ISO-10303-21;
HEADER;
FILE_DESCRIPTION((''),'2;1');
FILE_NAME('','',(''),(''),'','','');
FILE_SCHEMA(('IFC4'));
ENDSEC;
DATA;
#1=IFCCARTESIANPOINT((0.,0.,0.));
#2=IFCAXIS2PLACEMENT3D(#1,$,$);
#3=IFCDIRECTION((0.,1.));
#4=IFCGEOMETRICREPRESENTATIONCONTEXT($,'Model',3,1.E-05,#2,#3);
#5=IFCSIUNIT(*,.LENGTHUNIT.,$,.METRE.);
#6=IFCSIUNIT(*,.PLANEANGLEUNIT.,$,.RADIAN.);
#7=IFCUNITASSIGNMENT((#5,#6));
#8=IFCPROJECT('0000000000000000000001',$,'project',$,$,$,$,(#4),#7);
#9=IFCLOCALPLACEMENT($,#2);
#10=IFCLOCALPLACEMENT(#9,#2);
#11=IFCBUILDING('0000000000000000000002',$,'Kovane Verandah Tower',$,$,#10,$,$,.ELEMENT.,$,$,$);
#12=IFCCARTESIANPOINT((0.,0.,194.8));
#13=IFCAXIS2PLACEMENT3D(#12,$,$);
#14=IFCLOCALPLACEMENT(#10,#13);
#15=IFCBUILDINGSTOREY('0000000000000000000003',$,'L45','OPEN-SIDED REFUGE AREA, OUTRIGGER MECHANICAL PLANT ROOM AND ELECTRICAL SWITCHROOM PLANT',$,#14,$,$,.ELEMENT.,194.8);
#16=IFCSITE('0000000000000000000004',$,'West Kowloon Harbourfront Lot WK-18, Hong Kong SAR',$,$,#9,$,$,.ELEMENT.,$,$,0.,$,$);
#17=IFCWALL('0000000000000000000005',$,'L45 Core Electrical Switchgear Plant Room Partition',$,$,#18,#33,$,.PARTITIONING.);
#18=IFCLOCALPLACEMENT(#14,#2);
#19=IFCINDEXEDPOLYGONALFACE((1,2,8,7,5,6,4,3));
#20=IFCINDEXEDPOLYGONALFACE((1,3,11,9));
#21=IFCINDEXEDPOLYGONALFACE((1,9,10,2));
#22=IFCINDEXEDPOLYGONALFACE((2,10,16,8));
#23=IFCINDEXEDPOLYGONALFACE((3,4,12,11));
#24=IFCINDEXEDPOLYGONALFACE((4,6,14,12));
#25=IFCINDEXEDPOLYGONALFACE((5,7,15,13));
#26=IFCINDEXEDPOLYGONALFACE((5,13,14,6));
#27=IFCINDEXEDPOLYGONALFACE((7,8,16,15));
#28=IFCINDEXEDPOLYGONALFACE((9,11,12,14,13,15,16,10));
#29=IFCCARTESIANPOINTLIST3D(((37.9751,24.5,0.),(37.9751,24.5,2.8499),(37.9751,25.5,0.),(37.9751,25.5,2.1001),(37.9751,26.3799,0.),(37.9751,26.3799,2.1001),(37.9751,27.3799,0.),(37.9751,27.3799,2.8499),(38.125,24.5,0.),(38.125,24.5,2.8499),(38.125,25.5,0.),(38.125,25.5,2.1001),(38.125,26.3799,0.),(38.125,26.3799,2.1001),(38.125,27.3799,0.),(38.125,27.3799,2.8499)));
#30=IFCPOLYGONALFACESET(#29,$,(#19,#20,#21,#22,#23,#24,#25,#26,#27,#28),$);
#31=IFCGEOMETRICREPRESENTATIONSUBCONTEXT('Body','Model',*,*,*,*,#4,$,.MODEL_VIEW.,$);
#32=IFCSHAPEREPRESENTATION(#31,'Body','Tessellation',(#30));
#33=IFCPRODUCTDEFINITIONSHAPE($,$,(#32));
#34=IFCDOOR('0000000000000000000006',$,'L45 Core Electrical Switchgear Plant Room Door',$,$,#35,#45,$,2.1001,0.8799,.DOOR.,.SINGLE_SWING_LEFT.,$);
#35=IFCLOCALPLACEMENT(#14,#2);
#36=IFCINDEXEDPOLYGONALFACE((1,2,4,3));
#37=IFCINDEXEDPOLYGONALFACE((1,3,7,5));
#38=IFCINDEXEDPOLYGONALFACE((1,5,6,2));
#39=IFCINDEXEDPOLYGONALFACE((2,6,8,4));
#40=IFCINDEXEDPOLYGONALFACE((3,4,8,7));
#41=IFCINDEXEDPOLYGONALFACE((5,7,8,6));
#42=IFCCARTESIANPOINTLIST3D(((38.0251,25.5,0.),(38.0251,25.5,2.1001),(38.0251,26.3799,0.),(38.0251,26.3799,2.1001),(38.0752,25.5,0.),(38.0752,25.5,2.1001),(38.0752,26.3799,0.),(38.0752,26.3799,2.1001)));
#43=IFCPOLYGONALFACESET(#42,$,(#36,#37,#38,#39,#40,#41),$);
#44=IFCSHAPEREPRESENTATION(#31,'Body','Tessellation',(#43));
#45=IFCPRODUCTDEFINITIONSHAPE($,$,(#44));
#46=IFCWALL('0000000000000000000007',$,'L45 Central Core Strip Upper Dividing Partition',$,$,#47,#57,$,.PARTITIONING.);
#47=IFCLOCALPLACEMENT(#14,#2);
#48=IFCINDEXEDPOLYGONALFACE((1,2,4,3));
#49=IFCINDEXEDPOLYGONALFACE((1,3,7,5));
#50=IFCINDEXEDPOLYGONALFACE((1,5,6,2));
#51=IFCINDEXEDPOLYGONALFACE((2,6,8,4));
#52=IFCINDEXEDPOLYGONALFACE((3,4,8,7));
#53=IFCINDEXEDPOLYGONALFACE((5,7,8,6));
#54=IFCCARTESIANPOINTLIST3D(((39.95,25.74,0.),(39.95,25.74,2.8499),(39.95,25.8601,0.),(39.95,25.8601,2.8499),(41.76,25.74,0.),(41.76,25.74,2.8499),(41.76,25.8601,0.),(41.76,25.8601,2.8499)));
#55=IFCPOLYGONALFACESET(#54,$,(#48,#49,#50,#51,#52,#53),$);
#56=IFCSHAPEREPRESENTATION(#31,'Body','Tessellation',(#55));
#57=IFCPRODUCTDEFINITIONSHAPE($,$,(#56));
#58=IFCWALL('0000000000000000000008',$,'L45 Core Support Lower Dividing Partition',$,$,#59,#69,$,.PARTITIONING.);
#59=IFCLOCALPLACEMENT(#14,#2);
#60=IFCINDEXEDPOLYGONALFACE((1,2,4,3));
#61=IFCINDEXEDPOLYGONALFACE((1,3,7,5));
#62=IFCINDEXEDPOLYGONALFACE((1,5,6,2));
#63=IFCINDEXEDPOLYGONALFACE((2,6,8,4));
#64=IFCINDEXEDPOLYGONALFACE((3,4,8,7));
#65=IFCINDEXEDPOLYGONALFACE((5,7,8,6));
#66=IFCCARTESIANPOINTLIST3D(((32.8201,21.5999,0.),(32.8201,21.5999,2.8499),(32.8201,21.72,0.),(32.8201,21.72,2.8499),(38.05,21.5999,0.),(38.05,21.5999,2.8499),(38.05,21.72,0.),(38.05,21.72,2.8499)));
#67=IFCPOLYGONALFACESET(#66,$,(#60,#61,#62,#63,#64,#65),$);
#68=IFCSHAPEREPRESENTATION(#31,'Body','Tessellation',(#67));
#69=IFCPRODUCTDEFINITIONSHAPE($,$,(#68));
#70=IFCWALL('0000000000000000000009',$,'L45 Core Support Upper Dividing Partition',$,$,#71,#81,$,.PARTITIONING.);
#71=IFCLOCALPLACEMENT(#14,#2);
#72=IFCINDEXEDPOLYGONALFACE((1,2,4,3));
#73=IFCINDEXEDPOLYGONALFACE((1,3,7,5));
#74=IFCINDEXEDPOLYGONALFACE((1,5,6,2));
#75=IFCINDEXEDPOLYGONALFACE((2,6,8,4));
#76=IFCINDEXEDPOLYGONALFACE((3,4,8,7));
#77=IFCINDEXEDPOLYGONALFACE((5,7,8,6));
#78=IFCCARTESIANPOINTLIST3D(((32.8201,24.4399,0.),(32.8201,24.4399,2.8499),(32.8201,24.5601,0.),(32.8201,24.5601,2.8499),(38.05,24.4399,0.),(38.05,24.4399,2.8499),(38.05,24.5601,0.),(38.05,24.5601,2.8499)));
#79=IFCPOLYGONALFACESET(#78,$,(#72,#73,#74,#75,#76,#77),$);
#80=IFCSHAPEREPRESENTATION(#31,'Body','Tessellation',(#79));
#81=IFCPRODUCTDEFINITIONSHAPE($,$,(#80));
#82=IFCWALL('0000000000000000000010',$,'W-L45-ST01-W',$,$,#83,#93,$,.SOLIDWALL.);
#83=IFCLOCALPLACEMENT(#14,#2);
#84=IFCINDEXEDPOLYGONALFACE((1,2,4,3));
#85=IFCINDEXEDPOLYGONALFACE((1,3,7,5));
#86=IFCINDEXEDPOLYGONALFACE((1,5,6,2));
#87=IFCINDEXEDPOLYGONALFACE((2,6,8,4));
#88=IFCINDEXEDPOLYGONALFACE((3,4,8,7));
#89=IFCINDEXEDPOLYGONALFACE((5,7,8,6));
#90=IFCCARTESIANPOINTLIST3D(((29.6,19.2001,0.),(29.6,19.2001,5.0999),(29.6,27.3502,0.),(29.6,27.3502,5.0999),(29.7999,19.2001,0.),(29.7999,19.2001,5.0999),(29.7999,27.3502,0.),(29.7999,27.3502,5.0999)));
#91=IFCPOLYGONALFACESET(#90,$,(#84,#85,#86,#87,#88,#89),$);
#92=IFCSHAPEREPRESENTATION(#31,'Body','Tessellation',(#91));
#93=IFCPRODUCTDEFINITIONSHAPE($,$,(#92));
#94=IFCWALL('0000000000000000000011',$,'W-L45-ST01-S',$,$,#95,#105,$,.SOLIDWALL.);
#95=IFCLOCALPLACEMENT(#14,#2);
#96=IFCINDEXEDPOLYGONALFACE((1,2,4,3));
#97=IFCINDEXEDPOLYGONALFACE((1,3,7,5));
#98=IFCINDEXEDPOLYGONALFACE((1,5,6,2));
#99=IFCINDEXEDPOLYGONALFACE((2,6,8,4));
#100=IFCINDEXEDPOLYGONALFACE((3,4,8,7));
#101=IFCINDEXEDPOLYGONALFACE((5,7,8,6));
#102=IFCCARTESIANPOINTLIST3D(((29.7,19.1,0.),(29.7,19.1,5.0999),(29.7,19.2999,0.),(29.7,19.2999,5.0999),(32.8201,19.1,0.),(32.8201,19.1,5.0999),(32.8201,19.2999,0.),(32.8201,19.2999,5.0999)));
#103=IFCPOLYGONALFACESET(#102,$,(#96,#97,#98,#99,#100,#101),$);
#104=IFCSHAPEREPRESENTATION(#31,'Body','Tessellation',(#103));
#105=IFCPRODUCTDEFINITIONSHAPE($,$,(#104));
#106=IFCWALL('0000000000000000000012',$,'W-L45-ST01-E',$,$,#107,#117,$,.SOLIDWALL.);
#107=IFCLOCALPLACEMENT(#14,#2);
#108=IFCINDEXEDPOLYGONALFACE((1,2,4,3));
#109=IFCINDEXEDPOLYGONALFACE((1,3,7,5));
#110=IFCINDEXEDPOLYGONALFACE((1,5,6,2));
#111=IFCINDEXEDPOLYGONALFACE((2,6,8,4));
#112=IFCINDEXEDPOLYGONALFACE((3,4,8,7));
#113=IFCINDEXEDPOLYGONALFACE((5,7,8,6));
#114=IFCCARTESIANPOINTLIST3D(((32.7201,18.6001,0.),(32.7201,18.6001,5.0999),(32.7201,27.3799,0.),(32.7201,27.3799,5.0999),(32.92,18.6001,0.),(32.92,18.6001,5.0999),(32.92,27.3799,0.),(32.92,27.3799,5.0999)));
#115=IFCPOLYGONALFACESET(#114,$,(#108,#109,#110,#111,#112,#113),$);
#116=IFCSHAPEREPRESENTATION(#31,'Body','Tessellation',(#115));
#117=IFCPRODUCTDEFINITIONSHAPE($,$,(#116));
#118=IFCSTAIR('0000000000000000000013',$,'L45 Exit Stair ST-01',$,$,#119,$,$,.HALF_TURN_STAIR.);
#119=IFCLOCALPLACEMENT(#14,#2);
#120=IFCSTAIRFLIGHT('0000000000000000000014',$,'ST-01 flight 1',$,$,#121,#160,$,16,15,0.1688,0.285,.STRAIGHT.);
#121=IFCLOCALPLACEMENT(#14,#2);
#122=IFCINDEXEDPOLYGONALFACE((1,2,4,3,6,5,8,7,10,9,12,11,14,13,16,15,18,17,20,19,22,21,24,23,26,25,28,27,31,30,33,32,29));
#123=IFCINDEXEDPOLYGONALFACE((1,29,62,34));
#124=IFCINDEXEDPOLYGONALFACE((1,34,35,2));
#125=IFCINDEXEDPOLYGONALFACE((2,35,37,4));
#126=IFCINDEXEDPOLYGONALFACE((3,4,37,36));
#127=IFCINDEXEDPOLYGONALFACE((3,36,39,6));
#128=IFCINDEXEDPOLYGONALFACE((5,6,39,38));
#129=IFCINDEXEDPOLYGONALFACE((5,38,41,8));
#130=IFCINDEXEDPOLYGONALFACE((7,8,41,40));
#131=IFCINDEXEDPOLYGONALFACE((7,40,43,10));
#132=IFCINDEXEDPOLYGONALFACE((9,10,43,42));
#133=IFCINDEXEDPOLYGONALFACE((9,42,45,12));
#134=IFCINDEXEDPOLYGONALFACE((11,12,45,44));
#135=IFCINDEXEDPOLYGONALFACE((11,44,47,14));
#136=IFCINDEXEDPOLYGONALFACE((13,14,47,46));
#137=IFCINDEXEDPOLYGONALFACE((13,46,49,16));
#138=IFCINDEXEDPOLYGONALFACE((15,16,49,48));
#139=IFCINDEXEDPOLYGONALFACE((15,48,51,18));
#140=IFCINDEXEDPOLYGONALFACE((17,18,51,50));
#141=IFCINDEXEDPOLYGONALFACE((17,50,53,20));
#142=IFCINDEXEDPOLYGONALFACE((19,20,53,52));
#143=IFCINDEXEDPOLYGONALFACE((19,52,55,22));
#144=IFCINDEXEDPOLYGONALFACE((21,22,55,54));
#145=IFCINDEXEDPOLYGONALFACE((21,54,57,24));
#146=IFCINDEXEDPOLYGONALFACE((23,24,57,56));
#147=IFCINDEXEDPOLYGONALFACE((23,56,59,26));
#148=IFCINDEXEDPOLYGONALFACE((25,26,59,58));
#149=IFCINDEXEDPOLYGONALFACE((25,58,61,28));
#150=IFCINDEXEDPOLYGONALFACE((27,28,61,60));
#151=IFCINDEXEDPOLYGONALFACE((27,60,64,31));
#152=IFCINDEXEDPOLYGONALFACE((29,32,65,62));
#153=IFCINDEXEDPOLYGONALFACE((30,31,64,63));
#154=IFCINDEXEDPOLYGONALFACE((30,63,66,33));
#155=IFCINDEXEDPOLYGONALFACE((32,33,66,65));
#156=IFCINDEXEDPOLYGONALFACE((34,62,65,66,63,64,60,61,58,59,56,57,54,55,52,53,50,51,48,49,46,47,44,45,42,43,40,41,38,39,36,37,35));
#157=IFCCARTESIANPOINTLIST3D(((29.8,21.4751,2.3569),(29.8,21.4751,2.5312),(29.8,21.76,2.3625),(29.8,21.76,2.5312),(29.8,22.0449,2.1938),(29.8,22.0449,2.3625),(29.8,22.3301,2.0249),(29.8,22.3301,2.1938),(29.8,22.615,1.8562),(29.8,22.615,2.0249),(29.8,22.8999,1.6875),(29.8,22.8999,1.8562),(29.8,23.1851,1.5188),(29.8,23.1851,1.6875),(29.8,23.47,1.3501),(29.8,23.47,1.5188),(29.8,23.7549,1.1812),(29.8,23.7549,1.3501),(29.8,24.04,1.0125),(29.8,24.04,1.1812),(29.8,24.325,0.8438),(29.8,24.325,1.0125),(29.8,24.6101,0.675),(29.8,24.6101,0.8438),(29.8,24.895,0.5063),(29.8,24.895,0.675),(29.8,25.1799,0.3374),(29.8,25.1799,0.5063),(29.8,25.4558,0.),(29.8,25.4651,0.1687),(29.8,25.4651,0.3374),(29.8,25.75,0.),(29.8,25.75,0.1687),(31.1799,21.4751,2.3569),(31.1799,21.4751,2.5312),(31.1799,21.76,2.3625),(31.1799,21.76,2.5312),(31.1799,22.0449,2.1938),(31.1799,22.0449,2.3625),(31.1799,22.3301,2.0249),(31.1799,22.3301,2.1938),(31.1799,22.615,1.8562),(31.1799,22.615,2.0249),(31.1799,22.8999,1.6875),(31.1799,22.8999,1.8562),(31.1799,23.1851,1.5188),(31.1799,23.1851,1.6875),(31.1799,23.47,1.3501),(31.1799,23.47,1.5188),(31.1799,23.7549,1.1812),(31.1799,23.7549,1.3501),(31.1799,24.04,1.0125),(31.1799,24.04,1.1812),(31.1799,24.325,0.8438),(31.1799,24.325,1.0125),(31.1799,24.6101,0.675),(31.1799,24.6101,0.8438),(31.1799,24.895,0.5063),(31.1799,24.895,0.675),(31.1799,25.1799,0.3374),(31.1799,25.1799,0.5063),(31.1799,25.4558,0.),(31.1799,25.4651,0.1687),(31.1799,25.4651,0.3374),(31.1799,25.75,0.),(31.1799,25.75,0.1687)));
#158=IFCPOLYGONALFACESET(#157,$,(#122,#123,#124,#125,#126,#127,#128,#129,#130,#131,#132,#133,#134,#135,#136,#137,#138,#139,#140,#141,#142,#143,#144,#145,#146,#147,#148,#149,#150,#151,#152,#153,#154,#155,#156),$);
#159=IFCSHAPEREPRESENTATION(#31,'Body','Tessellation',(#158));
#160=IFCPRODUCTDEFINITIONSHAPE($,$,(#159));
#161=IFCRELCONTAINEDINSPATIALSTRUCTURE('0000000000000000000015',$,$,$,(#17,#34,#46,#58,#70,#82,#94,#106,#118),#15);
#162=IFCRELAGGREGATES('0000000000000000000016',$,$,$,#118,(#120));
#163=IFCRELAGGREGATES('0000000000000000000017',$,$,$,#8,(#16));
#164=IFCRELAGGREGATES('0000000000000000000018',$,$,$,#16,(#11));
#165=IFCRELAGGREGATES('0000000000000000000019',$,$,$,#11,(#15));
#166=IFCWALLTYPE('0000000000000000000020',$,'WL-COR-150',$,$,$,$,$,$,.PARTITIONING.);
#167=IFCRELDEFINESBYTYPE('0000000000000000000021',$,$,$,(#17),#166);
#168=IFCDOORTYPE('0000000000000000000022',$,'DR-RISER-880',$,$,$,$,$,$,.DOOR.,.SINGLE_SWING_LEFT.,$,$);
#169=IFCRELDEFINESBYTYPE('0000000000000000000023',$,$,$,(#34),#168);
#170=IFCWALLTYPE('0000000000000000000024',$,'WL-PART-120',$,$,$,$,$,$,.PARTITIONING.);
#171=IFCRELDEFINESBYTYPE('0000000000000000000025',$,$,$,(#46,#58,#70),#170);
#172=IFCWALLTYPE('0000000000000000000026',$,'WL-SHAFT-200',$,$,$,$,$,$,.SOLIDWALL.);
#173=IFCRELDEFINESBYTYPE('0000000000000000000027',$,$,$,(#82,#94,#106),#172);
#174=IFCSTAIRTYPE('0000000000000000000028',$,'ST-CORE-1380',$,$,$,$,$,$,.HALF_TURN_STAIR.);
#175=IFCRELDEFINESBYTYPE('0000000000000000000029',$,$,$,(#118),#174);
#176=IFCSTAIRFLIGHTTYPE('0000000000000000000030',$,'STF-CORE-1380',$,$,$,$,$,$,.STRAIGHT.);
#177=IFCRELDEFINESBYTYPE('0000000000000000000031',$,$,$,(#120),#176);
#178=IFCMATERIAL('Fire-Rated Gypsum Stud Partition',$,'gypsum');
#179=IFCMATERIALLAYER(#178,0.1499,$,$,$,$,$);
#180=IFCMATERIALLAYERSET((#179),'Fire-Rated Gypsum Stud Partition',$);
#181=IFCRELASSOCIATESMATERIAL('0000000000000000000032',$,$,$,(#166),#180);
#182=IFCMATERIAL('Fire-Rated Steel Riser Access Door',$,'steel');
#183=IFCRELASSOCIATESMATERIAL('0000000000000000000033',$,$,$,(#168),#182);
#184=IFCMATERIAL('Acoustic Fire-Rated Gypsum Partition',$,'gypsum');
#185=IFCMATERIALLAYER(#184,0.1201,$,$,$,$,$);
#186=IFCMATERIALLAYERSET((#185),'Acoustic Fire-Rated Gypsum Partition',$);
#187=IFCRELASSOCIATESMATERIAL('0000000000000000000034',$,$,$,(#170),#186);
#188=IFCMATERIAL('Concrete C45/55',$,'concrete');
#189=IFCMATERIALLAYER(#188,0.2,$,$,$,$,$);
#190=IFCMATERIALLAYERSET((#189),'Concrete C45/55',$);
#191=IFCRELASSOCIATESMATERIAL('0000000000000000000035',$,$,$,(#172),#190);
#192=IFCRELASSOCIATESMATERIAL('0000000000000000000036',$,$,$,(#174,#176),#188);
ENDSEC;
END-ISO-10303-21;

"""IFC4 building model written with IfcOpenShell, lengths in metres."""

from ifc_helpers import new_model, si_unit, direction, frame, frame_2d, origin, place, context, subcontext, project, spatial, polyline, rectangle, outline, extrude, material, layer, layer_set, type_object, element, fill, aggregate, save


model = new_model("IFC4")

# Units and contexts
model_context = context("Model", 3, precision=1e-05, world=origin(), true_north=direction((0.0, 1.0)))
body_context = subcontext(model_context, "Body", "Model", "MODEL_VIEW")
ifc_project = project(units=[si_unit("LENGTHUNIT", "METRE"), si_unit("PLANEANGLEUNIT", "RADIAN")], contexts=[model_context])

# Site, building, storey
site_placement = place(None, origin())
site = spatial("IfcSite", under=ifc_project, at=site_placement, Name="West Kowloon Harbourfront Lot WK-18, Hong Kong SAR", CompositionType="ELEMENT", RefElevation=0.0)
building_placement = place(site_placement, origin())
building = spatial("IfcBuilding", under=site, at=building_placement, Name="Kovane Verandah Tower", CompositionType="ELEMENT")
storey_placement = place(building_placement, frame((0.0, 0.0, 194.8)))
storey = spatial("IfcBuildingStorey", under=building, at=storey_placement, Name="L45", Description="OPEN-SIDED REFUGE AREA, OUTRIGGER MECHANICAL PLANT ROOM AND ELECTRICAL SWITCHROOM PLANT", CompositionType="ELEMENT", Elevation=194.8)

# Shared definitions
ifc_material_1 = material(Name="Fire-Rated Gypsum Stud Partition", Category="gypsum")
ifc_layer_1 = layer(ifc_material_1, 0.1499)
ifc_layer_set_1 = layer_set([ifc_layer_1], Name="Fire-Rated Gypsum Stud Partition")
wall_type_1 = type_object("IfcWallType", Name="WL-COR-150", PredefinedType="PARTITIONING", material=ifc_layer_set_1)

# Wall, opening, door
ifc_material_2 = material(Name="Fire-Rated Steel Riser Access Door", Category="steel")
door_type_1 = type_object("IfcDoorType", Name="DR-RISER-880", OperationType="SINGLE_SWING_LEFT", PredefinedType="DOOR", material=ifc_material_2)
wall_1_placement = place(storey_placement, frame((38.05, 24.5, 0.0), z_axis=(0.0, 0.0, 1.0), x_axis=(0.0, 1.0, 0.0)))
wall_1 = element("IfcWall", 1, at=wall_1_placement, inside=storey, type_object=wall_type_1, Name="L45 Core Electrical Switchgear Plant Room Partition", PredefinedType="PARTITIONING", context=body_context, shape_type="SweptSolid", body=[
    extrude(rectangle(XDim=2.8799, YDim=0.1499, at=frame_2d((1.4399, 0.0))), origin(), (0.0, 0.0, 1.0), 2.8499),
])
opening_1_placement = place(wall_1_placement, frame((1.0, 0.0, 0.0)))
opening_1 = element("IfcOpeningElement", 2, at=opening_1_placement, cuts=wall_1, PredefinedType="OPENING", context=body_context, shape_type="SweptSolid", body=[
    extrude(rectangle(XDim=0.8799, YDim=2.1001, at=frame_2d((0.4399, 1.05))), frame((0.0, 0.075, 0.0), z_axis=(0.0, -1.0, 0.0), x_axis=(1.0, 0.0, 0.0)), (0.0, 0.0, 1.0), 0.1499),
])
door_1_placement = place(opening_1_placement, origin())
door_1 = element("IfcDoor", 3, at=door_1_placement, inside=storey, type_object=door_type_1, Name="L45 Core Electrical Switchgear Plant Room Door", OperationType="SINGLE_SWING_LEFT", OverallHeight=2.1001, OverallWidth=0.8799, PredefinedType="DOOR", context=body_context, shape_type="SweptSolid", body=[
    extrude(rectangle(XDim=0.8799, YDim=2.1001, at=frame_2d((0.4399, 1.05))), frame((0.0, 0.0249, 0.0), z_axis=(0.0, -1.0, 0.0), x_axis=(1.0, 0.0, 0.0)), (0.0, 0.0, 1.0), 0.05),
])
fill(opening_1, door_1)

# Walls
ifc_material_3 = material(Name="Acoustic Fire-Rated Gypsum Partition", Category="gypsum")
ifc_layer_2 = layer(ifc_material_3, 0.1201)
ifc_layer_set_2 = layer_set([ifc_layer_2], Name="Acoustic Fire-Rated Gypsum Partition")
wall_type_2 = type_object("IfcWallType", Name="WL-PART-120", PredefinedType="PARTITIONING", material=ifc_layer_set_2)
wall_2_placement = place(storey_placement, frame((39.95, 25.8, 0.0), z_axis=(0.0, 0.0, 1.0), x_axis=(1.0, 0.0, 0.0)))
element("IfcWall", 4, at=wall_2_placement, inside=storey, type_object=wall_type_2, Name="L45 Central Core Strip Upper Dividing Partition", PredefinedType="PARTITIONING", context=body_context, shape_type="SweptSolid", body=[
    extrude(rectangle(XDim=1.8101, YDim=0.1201, at=frame_2d((0.905, 0.0))), origin(), (0.0, 0.0, 1.0), 2.8499),
])
for number, where, z_axis, x_axis, name in (
    (5, (32.8201, 21.6599, 0.0), (0.0, 0.0, 1.0), (1.0, 0.0, 0.0), "L45 Core Support Lower Dividing Partition"),
    (6, (32.8201, 24.5, 0.0), (0.0, 0.0, 1.0), (1.0, 0.0, 0.0), "L45 Core Support Upper Dividing Partition"),
):
    element("IfcWall", number, at=place(storey_placement, frame(where, z_axis=z_axis, x_axis=x_axis)), inside=storey, type_object=wall_type_2, Name=name, PredefinedType="PARTITIONING", context=body_context, shape_type="SweptSolid", body=[
        extrude(rectangle(XDim=5.23, YDim=0.1201, at=frame_2d((2.615, 0.0))), origin(), (0.0, 0.0, 1.0), 2.8499),
    ])
ifc_material_4 = material(Name="Concrete C45/55", Category="concrete")
ifc_layer_3 = layer(ifc_material_4, 0.2)
ifc_layer_set_3 = layer_set([ifc_layer_3], Name="Concrete C45/55")
wall_type_3 = type_object("IfcWallType", Name="WL-SHAFT-200", PredefinedType="SOLIDWALL", material=ifc_layer_set_3)
wall_3_placement = place(storey_placement, frame((29.7, 19.2, 0.0), z_axis=(0.0, 0.0, 1.0), x_axis=(0.0, 1.0, 0.0)))
element("IfcWall", 7, at=wall_3_placement, inside=storey, type_object=wall_type_3, Name="W-L45-ST01-W", PredefinedType="SOLIDWALL", context=body_context, shape_type="SweptSolid", body=[
    extrude(rectangle(XDim=8.1501, YDim=0.2, at=frame_2d((4.0752, 0.0))), origin(), (0.0, 0.0, 1.0), 5.0999),
])
wall_4_placement = place(storey_placement, frame((29.7, 19.2, 0.0), z_axis=(0.0, 0.0, 1.0), x_axis=(1.0, 0.0, 0.0)))
element("IfcWall", 8, at=wall_4_placement, inside=storey, type_object=wall_type_3, Name="W-L45-ST01-S", PredefinedType="SOLIDWALL", context=body_context, shape_type="SweptSolid", body=[
    extrude(rectangle(XDim=3.1201, YDim=0.2, at=frame_2d((1.5601, 0.0))), origin(), (0.0, 0.0, 1.0), 5.0999),
])
wall_5_placement = place(storey_placement, frame((32.8201, 18.6001, 0.0), z_axis=(0.0, 0.0, 1.0), x_axis=(0.0, 1.0, 0.0)))
element("IfcWall", 9, at=wall_5_placement, inside=storey, type_object=wall_type_3, Name="W-L45-ST01-E", PredefinedType="SOLIDWALL", context=body_context, shape_type="SweptSolid", body=[
    extrude(rectangle(XDim=8.7798, YDim=0.2, at=frame_2d((4.3899, 0.0))), origin(), (0.0, 0.0, 1.0), 5.0999),
])

# Stair, stair flight
stair_type = type_object("IfcStairType", Name="ST-CORE-1380", PredefinedType="HALF_TURN_STAIR", material=ifc_material_4)
stair_placement = place(storey_placement, origin())
stair = element("IfcStair", 10, at=stair_placement, inside=storey, type_object=stair_type, Name="L45 Exit Stair ST-01", PredefinedType="HALF_TURN_STAIR")
stair_flight_type = type_object("IfcStairFlightType", Name="STF-CORE-1380", PredefinedType="STRAIGHT", material=ifc_material_4)
stair_flight_1_placement = place(storey_placement, frame((30.49, 25.75, 0.0), z_axis=(0.0, 0.0, 1.0), x_axis=(0.0, -1.0, 0.0)))
stair_flight_1 = element("IfcStairFlight", 11, at=stair_flight_1_placement, type_object=stair_flight_type, Name="ST-01 flight 1", NumberOfRisers=16, NumberOfTreads=15, PredefinedType="STRAIGHT", RiserHeight=0.1688, TreadLength=0.285, context=body_context, shape_type="SweptSolid", body=[
    extrude(outline(polyline([(0.0, 0.0), (0.0, 0.1687), (0.2849, 0.1687), (0.2849, 0.3374), (0.5701, 0.3374), (0.5701, 0.5063), (0.855, 0.5063), (0.855, 0.675), (1.1399, 0.675), (1.1399, 0.8438), (1.425, 0.8438), (1.425, 1.0125), (1.71, 1.0125), (1.71, 1.1812), (1.9951, 1.1812), (1.9951, 1.3501), (2.28, 1.3501), (2.28, 1.5188), (2.5649, 1.5188), (2.5649, 1.6875), (2.8501, 1.6875), (2.8501, 1.8562), (3.135, 1.8562), (3.135, 2.0249), (3.4199, 2.0249), (3.4199, 2.1938), (3.7051, 2.1938), (3.7051, 2.3625), (3.99, 2.3625), (3.99, 2.5312), (4.2749, 2.5312), (4.2749, 2.7), (4.2749, 2.3569), (0.2942, 0.0), (0.0, 0.0)])), frame((0.0, 0.6899, 0.0), z_axis=(0.0, -1.0, 0.0), x_axis=(1.0, 0.0, 0.0)), (0.0, 0.0, 1.0), 1.3799),
])
aggregate(stair, [stair_flight_1])

save(model, "model.ifc")
